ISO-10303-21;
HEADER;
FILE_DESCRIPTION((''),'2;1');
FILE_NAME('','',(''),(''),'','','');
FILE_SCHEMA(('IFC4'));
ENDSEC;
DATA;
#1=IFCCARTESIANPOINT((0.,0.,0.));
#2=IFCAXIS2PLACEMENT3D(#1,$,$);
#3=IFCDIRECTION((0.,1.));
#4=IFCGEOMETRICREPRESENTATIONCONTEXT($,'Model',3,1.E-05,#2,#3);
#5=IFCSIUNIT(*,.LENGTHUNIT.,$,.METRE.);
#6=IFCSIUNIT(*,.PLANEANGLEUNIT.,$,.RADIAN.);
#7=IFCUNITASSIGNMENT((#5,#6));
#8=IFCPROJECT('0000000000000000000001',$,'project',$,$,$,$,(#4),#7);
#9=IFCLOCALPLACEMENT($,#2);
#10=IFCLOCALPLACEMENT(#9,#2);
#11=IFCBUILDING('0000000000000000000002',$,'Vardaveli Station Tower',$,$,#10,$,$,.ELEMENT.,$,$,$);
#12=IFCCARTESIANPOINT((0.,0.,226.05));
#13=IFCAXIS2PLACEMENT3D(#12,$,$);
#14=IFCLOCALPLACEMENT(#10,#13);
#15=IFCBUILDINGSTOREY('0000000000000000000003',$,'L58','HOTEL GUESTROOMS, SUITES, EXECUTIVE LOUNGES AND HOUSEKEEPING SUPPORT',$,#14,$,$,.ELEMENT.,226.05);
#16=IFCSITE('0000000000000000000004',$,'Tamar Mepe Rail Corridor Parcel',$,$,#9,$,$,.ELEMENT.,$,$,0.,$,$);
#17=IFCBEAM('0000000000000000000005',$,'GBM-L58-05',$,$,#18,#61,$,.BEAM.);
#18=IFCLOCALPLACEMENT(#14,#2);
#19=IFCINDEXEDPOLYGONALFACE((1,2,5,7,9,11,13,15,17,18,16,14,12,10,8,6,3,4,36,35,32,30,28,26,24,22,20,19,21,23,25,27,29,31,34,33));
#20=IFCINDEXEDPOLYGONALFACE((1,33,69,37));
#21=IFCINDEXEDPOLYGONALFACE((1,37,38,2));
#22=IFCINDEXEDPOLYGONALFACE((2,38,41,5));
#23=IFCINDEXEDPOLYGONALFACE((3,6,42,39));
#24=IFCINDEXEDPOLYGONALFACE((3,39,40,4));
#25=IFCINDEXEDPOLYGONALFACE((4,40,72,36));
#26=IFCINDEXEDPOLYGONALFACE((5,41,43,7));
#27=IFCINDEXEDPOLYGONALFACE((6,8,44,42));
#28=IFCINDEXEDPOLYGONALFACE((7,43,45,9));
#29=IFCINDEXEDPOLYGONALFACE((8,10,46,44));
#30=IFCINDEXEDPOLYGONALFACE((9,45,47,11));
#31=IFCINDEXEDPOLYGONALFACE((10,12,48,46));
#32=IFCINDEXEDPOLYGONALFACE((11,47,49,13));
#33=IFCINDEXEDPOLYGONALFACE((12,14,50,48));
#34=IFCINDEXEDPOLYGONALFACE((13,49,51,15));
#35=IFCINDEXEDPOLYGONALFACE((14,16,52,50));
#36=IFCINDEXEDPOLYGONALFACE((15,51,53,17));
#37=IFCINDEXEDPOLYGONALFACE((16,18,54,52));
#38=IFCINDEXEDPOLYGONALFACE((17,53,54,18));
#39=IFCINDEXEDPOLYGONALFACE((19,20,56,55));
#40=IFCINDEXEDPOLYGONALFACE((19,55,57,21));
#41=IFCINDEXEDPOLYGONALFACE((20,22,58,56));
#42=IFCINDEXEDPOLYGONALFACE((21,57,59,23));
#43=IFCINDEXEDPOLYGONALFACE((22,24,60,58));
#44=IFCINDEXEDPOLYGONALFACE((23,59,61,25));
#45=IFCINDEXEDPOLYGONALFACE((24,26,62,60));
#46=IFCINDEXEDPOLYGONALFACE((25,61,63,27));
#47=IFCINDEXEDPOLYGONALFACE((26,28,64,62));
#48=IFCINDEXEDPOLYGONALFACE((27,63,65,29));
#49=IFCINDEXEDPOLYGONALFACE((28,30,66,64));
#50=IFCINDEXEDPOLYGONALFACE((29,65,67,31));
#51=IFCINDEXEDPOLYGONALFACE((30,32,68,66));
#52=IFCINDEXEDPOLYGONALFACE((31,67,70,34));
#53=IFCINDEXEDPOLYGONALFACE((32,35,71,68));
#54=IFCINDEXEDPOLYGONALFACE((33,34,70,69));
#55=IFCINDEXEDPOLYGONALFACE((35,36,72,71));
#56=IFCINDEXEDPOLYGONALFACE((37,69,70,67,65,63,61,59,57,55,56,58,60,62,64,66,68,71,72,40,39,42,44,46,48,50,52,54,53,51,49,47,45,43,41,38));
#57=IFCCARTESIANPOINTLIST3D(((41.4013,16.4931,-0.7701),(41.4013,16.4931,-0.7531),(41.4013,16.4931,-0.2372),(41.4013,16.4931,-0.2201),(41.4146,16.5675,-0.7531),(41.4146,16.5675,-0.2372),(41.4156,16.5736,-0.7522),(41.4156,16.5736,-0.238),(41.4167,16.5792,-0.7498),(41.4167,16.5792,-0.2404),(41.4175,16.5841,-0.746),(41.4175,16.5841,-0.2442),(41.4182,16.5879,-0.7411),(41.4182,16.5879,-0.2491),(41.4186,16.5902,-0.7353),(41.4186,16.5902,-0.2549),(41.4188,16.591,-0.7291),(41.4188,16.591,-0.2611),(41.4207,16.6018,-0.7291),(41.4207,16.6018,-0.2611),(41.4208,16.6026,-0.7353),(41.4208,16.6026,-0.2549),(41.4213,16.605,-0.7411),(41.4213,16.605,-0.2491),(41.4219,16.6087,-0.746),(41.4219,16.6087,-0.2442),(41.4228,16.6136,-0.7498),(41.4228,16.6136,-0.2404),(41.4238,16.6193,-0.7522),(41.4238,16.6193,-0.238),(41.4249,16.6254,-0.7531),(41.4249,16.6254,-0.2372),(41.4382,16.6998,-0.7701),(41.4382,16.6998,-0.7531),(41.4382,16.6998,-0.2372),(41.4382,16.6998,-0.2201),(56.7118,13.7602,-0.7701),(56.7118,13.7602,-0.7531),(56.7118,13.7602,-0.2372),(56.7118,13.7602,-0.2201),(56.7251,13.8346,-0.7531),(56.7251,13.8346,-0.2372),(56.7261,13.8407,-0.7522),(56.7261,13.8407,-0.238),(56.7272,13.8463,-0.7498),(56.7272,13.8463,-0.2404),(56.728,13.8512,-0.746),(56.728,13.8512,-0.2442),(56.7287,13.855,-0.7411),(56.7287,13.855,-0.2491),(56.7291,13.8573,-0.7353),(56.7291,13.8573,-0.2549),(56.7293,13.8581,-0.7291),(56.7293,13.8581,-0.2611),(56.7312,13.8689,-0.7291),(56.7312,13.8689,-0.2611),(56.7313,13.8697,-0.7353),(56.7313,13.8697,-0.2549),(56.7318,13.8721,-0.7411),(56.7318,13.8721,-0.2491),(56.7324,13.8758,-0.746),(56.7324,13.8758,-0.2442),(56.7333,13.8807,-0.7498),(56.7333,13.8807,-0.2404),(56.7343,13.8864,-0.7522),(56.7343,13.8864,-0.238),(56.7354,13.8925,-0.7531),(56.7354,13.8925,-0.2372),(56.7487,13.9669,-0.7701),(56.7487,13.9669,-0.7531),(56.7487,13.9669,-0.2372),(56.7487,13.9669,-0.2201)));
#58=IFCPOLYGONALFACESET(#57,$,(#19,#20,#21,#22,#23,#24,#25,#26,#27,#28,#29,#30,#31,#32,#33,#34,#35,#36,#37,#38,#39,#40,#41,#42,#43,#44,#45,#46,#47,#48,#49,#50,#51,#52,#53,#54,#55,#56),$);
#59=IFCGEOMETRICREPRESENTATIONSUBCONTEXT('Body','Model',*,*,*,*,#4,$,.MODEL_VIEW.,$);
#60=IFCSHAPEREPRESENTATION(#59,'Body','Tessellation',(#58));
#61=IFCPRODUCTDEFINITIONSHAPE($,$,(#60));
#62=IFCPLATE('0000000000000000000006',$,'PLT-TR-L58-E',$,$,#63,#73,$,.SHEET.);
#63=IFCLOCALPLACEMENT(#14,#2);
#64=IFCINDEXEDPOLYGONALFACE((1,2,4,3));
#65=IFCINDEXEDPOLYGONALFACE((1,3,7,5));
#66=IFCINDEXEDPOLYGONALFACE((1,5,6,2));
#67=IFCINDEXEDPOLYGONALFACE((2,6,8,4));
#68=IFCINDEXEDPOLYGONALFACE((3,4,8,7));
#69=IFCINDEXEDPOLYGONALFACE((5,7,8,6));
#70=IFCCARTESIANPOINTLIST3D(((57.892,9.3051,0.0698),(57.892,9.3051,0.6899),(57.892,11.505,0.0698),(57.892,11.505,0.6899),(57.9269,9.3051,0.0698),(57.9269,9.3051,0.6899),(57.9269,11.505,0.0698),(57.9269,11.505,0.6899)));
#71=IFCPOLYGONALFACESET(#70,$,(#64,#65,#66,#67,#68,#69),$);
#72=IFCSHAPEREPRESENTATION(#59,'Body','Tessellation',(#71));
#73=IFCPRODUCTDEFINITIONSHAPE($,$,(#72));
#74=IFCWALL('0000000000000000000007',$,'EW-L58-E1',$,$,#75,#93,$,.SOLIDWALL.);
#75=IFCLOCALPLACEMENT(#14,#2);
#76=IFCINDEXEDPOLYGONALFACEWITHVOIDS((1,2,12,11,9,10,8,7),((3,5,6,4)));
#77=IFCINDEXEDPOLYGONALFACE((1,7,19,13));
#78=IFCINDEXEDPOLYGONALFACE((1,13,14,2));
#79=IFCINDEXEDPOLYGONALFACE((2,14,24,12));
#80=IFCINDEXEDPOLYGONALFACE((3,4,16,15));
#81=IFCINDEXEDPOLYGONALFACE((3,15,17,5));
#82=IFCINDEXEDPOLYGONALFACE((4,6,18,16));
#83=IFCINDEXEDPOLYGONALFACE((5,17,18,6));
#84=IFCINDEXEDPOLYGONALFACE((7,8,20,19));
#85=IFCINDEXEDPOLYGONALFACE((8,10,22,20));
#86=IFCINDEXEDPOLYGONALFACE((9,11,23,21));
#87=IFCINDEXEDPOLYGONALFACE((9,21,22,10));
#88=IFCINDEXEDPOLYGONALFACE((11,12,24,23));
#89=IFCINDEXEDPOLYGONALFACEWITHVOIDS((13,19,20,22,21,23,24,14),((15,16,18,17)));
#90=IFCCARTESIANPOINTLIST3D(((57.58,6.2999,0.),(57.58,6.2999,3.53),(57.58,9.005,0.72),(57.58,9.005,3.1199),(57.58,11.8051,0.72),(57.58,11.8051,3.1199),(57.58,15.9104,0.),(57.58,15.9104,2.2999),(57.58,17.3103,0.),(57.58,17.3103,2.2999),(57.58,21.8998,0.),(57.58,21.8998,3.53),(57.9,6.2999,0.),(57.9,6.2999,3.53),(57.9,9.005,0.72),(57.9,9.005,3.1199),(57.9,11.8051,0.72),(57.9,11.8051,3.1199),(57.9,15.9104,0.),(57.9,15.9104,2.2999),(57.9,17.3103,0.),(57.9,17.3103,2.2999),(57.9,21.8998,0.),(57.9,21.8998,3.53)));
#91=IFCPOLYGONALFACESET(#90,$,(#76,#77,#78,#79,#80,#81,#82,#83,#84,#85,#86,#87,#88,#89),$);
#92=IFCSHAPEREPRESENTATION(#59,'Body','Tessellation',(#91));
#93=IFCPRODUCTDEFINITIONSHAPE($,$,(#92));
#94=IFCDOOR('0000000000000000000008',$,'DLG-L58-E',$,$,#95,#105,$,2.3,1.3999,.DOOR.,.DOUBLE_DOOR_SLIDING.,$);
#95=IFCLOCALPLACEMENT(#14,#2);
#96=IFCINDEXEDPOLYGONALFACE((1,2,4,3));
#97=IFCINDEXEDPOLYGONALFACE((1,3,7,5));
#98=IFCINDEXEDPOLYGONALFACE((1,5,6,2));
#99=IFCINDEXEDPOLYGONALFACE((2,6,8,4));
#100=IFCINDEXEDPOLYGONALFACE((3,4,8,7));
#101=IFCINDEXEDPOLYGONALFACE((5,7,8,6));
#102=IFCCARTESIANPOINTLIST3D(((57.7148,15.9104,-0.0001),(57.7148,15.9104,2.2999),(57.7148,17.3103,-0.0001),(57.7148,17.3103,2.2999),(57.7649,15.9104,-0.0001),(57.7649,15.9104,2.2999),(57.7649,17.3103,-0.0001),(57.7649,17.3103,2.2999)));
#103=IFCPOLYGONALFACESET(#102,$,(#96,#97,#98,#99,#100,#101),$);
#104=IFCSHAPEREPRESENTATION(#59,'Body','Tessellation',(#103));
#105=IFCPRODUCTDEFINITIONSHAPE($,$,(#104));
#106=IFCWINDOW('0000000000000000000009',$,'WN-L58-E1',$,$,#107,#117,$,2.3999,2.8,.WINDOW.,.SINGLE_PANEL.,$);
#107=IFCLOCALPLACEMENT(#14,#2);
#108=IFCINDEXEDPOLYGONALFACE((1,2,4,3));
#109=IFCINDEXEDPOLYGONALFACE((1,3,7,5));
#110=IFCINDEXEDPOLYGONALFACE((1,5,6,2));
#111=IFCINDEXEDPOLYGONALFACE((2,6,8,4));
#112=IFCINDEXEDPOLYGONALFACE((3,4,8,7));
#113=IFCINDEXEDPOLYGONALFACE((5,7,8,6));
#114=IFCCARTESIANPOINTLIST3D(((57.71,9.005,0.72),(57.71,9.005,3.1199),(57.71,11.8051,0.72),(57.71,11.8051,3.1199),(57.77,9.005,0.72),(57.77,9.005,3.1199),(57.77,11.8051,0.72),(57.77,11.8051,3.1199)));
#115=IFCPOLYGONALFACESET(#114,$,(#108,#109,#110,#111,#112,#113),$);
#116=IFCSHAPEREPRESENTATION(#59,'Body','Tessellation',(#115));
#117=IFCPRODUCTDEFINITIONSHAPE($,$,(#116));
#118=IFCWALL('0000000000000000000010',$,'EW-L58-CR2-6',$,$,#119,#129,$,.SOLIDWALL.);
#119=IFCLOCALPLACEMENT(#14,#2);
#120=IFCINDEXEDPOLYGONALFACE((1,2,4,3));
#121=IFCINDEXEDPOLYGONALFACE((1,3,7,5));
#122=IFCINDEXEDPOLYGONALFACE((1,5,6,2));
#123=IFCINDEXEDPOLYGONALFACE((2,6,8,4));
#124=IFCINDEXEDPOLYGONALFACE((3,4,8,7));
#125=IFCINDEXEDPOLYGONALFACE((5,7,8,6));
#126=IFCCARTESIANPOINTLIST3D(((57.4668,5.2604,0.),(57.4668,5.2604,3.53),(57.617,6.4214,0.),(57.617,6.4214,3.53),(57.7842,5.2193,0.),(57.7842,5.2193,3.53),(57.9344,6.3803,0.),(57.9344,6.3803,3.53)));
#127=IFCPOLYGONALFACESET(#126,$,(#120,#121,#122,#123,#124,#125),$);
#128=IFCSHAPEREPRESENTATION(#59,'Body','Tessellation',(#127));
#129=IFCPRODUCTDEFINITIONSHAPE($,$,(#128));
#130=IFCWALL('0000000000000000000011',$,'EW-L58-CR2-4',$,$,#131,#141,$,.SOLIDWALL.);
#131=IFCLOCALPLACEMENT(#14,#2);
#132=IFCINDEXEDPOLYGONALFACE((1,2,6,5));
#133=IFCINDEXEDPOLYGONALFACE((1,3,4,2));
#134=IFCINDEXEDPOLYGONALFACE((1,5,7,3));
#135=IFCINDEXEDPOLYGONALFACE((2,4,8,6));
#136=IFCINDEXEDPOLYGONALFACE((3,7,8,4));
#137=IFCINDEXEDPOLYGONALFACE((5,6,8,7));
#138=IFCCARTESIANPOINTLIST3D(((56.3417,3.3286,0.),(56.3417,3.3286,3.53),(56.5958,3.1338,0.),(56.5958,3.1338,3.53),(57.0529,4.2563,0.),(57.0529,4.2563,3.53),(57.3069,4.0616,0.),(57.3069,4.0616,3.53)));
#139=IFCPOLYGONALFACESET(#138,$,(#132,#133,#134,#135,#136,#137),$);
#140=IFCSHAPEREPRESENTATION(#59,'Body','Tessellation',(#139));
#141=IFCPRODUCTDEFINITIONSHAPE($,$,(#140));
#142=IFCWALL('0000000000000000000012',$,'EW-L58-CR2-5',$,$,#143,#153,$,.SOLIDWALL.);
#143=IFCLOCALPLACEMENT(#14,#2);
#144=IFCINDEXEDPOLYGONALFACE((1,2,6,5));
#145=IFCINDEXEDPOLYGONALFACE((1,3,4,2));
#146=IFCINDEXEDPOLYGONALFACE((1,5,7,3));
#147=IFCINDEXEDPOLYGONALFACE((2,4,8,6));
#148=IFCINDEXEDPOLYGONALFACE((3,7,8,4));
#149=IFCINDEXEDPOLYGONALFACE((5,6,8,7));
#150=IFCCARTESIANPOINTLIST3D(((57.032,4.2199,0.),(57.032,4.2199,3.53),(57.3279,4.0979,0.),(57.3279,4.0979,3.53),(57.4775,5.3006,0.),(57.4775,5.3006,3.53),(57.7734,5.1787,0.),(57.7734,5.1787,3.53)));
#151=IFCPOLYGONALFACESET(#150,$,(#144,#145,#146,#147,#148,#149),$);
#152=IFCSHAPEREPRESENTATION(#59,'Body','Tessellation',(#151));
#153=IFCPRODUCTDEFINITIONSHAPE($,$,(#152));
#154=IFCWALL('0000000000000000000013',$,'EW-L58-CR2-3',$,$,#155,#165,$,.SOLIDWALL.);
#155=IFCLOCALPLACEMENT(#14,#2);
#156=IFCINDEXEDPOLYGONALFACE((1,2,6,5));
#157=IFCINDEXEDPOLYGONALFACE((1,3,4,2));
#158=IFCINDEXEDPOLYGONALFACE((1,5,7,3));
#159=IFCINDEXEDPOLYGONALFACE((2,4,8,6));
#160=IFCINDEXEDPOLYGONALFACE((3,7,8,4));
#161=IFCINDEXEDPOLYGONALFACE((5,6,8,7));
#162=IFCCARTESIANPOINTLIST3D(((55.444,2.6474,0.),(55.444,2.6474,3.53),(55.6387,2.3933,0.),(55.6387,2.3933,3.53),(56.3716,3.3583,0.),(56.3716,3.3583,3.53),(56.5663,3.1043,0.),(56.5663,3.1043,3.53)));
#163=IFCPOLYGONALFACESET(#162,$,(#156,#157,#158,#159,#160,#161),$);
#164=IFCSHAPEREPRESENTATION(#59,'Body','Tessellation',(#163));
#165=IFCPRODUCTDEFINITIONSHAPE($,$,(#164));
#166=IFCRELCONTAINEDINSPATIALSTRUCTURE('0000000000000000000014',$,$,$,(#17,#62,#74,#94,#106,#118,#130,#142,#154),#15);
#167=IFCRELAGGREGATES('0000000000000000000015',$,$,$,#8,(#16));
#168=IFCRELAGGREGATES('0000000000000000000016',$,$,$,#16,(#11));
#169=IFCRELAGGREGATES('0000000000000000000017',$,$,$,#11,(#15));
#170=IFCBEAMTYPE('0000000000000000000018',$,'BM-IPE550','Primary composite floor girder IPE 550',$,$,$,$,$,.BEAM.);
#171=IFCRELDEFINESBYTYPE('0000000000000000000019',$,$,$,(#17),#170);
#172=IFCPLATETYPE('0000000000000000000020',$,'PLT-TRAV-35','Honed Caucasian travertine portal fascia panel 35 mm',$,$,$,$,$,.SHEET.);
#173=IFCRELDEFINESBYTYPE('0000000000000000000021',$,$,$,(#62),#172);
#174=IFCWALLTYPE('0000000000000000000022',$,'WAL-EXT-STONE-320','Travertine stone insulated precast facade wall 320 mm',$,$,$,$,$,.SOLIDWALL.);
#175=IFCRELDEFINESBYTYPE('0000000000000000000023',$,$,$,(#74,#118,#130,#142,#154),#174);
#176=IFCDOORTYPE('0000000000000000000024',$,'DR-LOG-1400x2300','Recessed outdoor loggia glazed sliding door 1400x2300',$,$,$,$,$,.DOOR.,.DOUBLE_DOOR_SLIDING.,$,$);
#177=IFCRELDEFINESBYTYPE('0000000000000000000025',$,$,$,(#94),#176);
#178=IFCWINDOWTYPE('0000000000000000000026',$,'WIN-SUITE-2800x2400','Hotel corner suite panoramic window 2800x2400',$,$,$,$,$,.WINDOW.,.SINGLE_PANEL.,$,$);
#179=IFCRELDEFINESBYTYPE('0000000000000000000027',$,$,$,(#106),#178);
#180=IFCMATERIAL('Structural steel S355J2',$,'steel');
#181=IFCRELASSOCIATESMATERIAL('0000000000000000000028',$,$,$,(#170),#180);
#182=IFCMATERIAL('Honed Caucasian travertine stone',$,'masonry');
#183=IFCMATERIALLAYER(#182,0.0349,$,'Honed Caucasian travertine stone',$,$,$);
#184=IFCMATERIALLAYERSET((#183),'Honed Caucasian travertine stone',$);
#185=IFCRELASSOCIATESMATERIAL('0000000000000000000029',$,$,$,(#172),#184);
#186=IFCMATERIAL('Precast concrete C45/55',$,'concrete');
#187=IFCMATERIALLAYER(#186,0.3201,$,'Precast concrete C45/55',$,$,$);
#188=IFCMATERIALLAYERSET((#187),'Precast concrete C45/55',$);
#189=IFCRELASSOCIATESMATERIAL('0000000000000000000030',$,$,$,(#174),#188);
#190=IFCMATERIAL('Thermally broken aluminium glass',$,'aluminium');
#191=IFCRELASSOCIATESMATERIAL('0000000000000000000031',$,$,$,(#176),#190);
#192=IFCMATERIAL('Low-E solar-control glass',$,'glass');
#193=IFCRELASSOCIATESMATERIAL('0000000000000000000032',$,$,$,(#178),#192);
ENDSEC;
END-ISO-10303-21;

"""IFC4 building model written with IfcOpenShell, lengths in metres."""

from ifc_helpers import new_model, si_unit, direction, frame, frame_2d, origin, origin_2d, place, context, subcontext, project, spatial, rectangle, i_section, extrude, source, transform, mapped, material, layer, layer_set, material_profile, profile_set, type_object, element, fill, save


model = new_model("IFC4")

# Units and contexts
model_context = context("Model", 3, precision=1e-05, world=origin(), true_north=direction((0.0, 1.0)))
body_context = subcontext(model_context, "Body", "Model", "MODEL_VIEW")
ifc_project = project(units=[si_unit("LENGTHUNIT", "METRE"), si_unit("PLANEANGLEUNIT", "RADIAN")], contexts=[model_context])

# Site, building, storey
site_placement = place(None, origin())
site = spatial("IfcSite", under=ifc_project, at=site_placement, Name="Tamar Mepe Rail Corridor Parcel", CompositionType="ELEMENT", RefElevation=0.0)
building_placement = place(site_placement, origin())
building = spatial("IfcBuilding", under=site, at=building_placement, Name="Vardaveli Station Tower", CompositionType="ELEMENT")
storey_placement = place(building_placement, frame((0.0, 0.0, 226.05)))
storey = spatial("IfcBuildingStorey", under=building, at=storey_placement, Name="L58", Description="HOTEL GUESTROOMS, SUITES, EXECUTIVE LOUNGES AND HOUSEKEEPING SUPPORT", CompositionType="ELEMENT", Elevation=226.05)

# Beam
ifc_material_1 = material(Name="Precast concrete C45/55", Category="concrete")
ifc_material_2 = material(Name="Structural steel S355J2", Category="steel")
ifc_material_profile_1 = material_profile(ifc_material_2, i_section(OverallWidth=0.21, OverallDepth=0.55, WebThickness=0.011, FlangeThickness=0.0171, FilletRadius=0.0239, at=origin_2d()), Name="IPE 550")
ifc_profile_set_1 = profile_set([ifc_material_profile_1], Name="Structural steel S355J2")
beam_type_1 = type_object("IfcBeamType", Name="BM-IPE550", Description="Primary composite floor girder IPE 550", PredefinedType="BEAM", material=ifc_profile_set_1)
shared_shape_1 = source(origin(), body_context, "Body", "SweptSolid", [
    extrude(i_section(OverallWidth=0.21, OverallDepth=0.55, WebThickness=0.011, FlangeThickness=0.0171, FilletRadius=0.0239, at=origin_2d()), origin(), (0.0, 0.0, 1.0), 15.5525),
])
beam_1_placement = place(storey_placement, frame((56.7302, 13.8635, -0.4951), z_axis=(-0.98444, 0.175721, 0.0), x_axis=(-0.175721, -0.98444, 0.0)))
element("IfcBeam", 1, at=beam_1_placement, inside=storey, type_object=beam_type_1, Name="GBM-L58-05", PredefinedType="BEAM", context=body_context, shape_type="MappedRepresentation", body=[
    mapped(shared_shape_1, transform((0.0, 0.0, 0.0), scale=1.0)),
])

# Plate
ifc_material_3 = material(Name="Honed Caucasian travertine stone", Category="masonry")
ifc_layer_1 = layer(ifc_material_3, 0.0349, Name="Honed Caucasian travertine stone")
ifc_layer_set_1 = layer_set([ifc_layer_1], Name="Honed Caucasian travertine stone")
plate_type = type_object("IfcPlateType", Name="PLT-TRAV-35", Description="Honed Caucasian travertine portal fascia panel 35 mm", PredefinedType="SHEET", material=ifc_layer_set_1)
shared_shape_2 = source(origin(), body_context, "Body", "SweptSolid", [
    extrude(rectangle(XDim=2.2, YDim=0.0349, at=origin_2d()), origin(), (0.0, 0.0, 1.0), 0.6201),
])
plate_placement = place(storey_placement, frame((57.9094, 10.405, 0.0698), z_axis=(0.0, 0.0, 1.0), x_axis=(0.0, 1.0, 0.0)))
element("IfcPlate", 2, at=plate_placement, inside=storey, type_object=plate_type, Name="PLT-TR-L58-E", PredefinedType="SHEET", context=body_context, shape_type="MappedRepresentation", body=[
    mapped(shared_shape_2, transform((0.0, 0.0, 0.0), scale=1.0)),
])

# Wall, openings, door, window
ifc_layer_2 = layer(ifc_material_1, 0.3201, Name="Precast concrete C45/55")
ifc_layer_set_2 = layer_set([ifc_layer_2], Name="Precast concrete C45/55")
wall_type_1 = type_object("IfcWallType", Name="WAL-EXT-STONE-320", Description="Travertine stone insulated precast facade wall 320 mm", PredefinedType="SOLIDWALL", material=ifc_layer_set_2)
shared_shape_3 = source(origin(), body_context, "Body", "SweptSolid", [
    extrude(rectangle(XDim=15.5999, YDim=0.3201, at=frame_2d((7.7998, 0.0))), origin(), (0.0, 0.0, 1.0), 3.53),
])
wall_1_placement = place(storey_placement, frame((57.74, 6.3, 0.0), z_axis=(0.0, 0.0, 1.0), x_axis=(0.0, 1.0, 0.0)))
wall_1 = element("IfcWall", 3, at=wall_1_placement, inside=storey, type_object=wall_type_1, Name="EW-L58-E1", PredefinedType="SOLIDWALL", context=body_context, shape_type="MappedRepresentation", body=[
    mapped(shared_shape_3, transform((0.0, 0.0, 0.0), scale=1.0)),
])
shared_shape_4 = source(origin(), body_context, "Body", "SweptSolid", [
    extrude(rectangle(XDim=1.3999, YDim=2.3, at=frame_2d((0.7, 1.1499))), frame((0.0, 0.1699, 0.0), z_axis=(0.0, -1.0, 0.0), x_axis=(1.0, 0.0, 0.0)), (0.0, 0.0, 1.0), 0.3401),
])
opening_1_placement = place(wall_1_placement, frame((9.6104, 0.0, 0.0)))
opening_1 = element("IfcOpeningElement", 4, at=opening_1_placement, cuts=wall_1, PredefinedType="OPENING", context=body_context, shape_type="MappedRepresentation", body=[
    mapped(shared_shape_4, transform((0.0, 0.0, 0.0), scale=1.0)),
])
shared_shape_5 = source(origin(), body_context, "Body", "SweptSolid", [
    extrude(rectangle(XDim=2.8, YDim=2.3999, at=frame_2d((1.3999, 1.2))), frame((0.0, 0.1699, 0.0), z_axis=(0.0, -1.0, 0.0), x_axis=(1.0, 0.0, 0.0)), (0.0, 0.0, 1.0), 0.3401),
])
opening_2_placement = place(wall_1_placement, frame((2.7051, 0.0, 0.72)))
opening_2 = element("IfcOpeningElement", 5, at=opening_2_placement, cuts=wall_1, PredefinedType="OPENING", context=body_context, shape_type="MappedRepresentation", body=[
    mapped(shared_shape_5, transform((0.0, 0.0, 0.0), scale=1.0)),
])
ifc_material_4 = material(Name="Thermally broken aluminium glass", Category="aluminium")
door_type_1 = type_object("IfcDoorType", Name="DR-LOG-1400x2300", Description="Recessed outdoor loggia glazed sliding door 1400x2300", OperationType="DOUBLE_DOOR_SLIDING", PredefinedType="DOOR", material=ifc_material_4)
shared_shape_6 = source(origin(), body_context, "Body", "SweptSolid", [
    extrude(rectangle(XDim=1.3999, YDim=2.3, at=frame_2d((0.7, 1.1499))), frame((0.0, 0.0249, 0.0), z_axis=(0.0, -1.0, 0.0), x_axis=(1.0, 0.0, 0.0)), (0.0, 0.0, 1.0), 0.05),
])
door_1_placement = place(opening_1_placement, frame((1.3999, 0.0, 0.0), z_axis=(0.0, 0.0, 1.0), x_axis=(-1.0, 0.0, 0.0)))
door_1 = element("IfcDoor", 6, at=door_1_placement, inside=storey, type_object=door_type_1, Name="DLG-L58-E", OperationType="DOUBLE_DOOR_SLIDING", OverallHeight=2.3, OverallWidth=1.3999, PredefinedType="DOOR", context=body_context, shape_type="MappedRepresentation", body=[
    mapped(shared_shape_6, transform((0.0, 0.0, 0.0), scale=1.0)),
])
fill(opening_1, door_1)
ifc_material_5 = material(Name="Low-E solar-control glass", Category="glass")
window_type = type_object("IfcWindowType", Name="WIN-SUITE-2800x2400", Description="Hotel corner suite panoramic window 2800x2400", PartitioningType="SINGLE_PANEL", PredefinedType="WINDOW", material=ifc_material_5)
shared_shape_7 = source(origin(), body_context, "Body", "SweptSolid", [
    extrude(rectangle(XDim=2.8, YDim=2.3999, at=frame_2d((1.3999, 1.2))), frame((0.0, 0.03, 0.0), z_axis=(0.0, -1.0, 0.0), x_axis=(1.0, 0.0, 0.0)), (0.0, 0.0, 1.0), 0.0601),
])
window_placement = place(opening_2_placement, origin())
window = element("IfcWindow", 7, at=window_placement, inside=storey, type_object=window_type, Name="WN-L58-E1", OverallHeight=2.3999, OverallWidth=2.8, PartitioningType="SINGLE_PANEL", PredefinedType="WINDOW", context=body_context, shape_type="MappedRepresentation", body=[
    mapped(shared_shape_7, transform((0.0, 0.0, 0.0), scale=1.0)),
])
fill(opening_2, window)

# Walls
shared_shape_8 = source(origin(), body_context, "Body", "SweptSolid", [
    extrude(rectangle(XDim=1.1707, YDim=0.3201, at=frame_2d((0.5854, 0.0))), origin(), (0.0, 0.0, 1.0), 3.53),
])
wall_2_placement = place(storey_placement, frame((57.6255, 5.2397, 0.0), z_axis=(0.0, 0.0, 1.0), x_axis=(0.128269, 0.991739, 0.0)))
element("IfcWall", 8, at=wall_2_placement, inside=storey, type_object=wall_type_1, Name="EW-L58-CR2-6", PredefinedType="SOLIDWALL", context=body_context, shape_type="MappedRepresentation", body=[
    mapped(shared_shape_8, transform((0.0, 0.0, 0.0), scale=1.0)),
])
shared_shape_9 = source(origin(), body_context, "Body", "SweptSolid", [
    extrude(rectangle(XDim=1.1689, YDim=0.3201, at=frame_2d((0.5845, 0.0))), origin(), (0.0, 0.0, 1.0), 3.53),
])
for number, where, z_axis, x_axis, name in (
    (9, (56.4688, 3.2312, 0.0), (0.0, 0.0, 1.0), (0.608388, 0.79364, 0.0), "EW-L58-CR2-4"),
    (10, (57.1799, 4.1589, 0.0), (0.0, 0.0, 1.0), (0.381128, 0.924522, 0.0), "EW-L58-CR2-5"),
):
    element("IfcWall", number, at=place(storey_placement, frame(where, z_axis=z_axis, x_axis=x_axis)), inside=storey, type_object=wall_type_1, Name=name, PredefinedType="SOLIDWALL", context=body_context, shape_type="MappedRepresentation", body=[
        mapped(shared_shape_9, transform((0.0, 0.0, 0.0), scale=1.0)),
    ])
shared_shape_10 = source(origin(), body_context, "Body", "SweptSolid", [
    extrude(rectangle(XDim=1.1687, YDim=0.3201, at=frame_2d((0.5845, 0.0))), origin(), (0.0, 0.0, 1.0), 3.53),
])
wall_3_placement = place(storey_placement, frame((55.5413, 2.5203, 0.0), z_axis=(0.0, 0.0, 1.0), x_axis=(0.793664, 0.608357, 0.0)))
element("IfcWall", 11, at=wall_3_placement, inside=storey, type_object=wall_type_1, Name="EW-L58-CR2-3", PredefinedType="SOLIDWALL", context=body_context, shape_type="MappedRepresentation", body=[
    mapped(shared_shape_10, transform((0.0, 0.0, 0.0), scale=1.0)),
])

save(model, "model.ifc")
